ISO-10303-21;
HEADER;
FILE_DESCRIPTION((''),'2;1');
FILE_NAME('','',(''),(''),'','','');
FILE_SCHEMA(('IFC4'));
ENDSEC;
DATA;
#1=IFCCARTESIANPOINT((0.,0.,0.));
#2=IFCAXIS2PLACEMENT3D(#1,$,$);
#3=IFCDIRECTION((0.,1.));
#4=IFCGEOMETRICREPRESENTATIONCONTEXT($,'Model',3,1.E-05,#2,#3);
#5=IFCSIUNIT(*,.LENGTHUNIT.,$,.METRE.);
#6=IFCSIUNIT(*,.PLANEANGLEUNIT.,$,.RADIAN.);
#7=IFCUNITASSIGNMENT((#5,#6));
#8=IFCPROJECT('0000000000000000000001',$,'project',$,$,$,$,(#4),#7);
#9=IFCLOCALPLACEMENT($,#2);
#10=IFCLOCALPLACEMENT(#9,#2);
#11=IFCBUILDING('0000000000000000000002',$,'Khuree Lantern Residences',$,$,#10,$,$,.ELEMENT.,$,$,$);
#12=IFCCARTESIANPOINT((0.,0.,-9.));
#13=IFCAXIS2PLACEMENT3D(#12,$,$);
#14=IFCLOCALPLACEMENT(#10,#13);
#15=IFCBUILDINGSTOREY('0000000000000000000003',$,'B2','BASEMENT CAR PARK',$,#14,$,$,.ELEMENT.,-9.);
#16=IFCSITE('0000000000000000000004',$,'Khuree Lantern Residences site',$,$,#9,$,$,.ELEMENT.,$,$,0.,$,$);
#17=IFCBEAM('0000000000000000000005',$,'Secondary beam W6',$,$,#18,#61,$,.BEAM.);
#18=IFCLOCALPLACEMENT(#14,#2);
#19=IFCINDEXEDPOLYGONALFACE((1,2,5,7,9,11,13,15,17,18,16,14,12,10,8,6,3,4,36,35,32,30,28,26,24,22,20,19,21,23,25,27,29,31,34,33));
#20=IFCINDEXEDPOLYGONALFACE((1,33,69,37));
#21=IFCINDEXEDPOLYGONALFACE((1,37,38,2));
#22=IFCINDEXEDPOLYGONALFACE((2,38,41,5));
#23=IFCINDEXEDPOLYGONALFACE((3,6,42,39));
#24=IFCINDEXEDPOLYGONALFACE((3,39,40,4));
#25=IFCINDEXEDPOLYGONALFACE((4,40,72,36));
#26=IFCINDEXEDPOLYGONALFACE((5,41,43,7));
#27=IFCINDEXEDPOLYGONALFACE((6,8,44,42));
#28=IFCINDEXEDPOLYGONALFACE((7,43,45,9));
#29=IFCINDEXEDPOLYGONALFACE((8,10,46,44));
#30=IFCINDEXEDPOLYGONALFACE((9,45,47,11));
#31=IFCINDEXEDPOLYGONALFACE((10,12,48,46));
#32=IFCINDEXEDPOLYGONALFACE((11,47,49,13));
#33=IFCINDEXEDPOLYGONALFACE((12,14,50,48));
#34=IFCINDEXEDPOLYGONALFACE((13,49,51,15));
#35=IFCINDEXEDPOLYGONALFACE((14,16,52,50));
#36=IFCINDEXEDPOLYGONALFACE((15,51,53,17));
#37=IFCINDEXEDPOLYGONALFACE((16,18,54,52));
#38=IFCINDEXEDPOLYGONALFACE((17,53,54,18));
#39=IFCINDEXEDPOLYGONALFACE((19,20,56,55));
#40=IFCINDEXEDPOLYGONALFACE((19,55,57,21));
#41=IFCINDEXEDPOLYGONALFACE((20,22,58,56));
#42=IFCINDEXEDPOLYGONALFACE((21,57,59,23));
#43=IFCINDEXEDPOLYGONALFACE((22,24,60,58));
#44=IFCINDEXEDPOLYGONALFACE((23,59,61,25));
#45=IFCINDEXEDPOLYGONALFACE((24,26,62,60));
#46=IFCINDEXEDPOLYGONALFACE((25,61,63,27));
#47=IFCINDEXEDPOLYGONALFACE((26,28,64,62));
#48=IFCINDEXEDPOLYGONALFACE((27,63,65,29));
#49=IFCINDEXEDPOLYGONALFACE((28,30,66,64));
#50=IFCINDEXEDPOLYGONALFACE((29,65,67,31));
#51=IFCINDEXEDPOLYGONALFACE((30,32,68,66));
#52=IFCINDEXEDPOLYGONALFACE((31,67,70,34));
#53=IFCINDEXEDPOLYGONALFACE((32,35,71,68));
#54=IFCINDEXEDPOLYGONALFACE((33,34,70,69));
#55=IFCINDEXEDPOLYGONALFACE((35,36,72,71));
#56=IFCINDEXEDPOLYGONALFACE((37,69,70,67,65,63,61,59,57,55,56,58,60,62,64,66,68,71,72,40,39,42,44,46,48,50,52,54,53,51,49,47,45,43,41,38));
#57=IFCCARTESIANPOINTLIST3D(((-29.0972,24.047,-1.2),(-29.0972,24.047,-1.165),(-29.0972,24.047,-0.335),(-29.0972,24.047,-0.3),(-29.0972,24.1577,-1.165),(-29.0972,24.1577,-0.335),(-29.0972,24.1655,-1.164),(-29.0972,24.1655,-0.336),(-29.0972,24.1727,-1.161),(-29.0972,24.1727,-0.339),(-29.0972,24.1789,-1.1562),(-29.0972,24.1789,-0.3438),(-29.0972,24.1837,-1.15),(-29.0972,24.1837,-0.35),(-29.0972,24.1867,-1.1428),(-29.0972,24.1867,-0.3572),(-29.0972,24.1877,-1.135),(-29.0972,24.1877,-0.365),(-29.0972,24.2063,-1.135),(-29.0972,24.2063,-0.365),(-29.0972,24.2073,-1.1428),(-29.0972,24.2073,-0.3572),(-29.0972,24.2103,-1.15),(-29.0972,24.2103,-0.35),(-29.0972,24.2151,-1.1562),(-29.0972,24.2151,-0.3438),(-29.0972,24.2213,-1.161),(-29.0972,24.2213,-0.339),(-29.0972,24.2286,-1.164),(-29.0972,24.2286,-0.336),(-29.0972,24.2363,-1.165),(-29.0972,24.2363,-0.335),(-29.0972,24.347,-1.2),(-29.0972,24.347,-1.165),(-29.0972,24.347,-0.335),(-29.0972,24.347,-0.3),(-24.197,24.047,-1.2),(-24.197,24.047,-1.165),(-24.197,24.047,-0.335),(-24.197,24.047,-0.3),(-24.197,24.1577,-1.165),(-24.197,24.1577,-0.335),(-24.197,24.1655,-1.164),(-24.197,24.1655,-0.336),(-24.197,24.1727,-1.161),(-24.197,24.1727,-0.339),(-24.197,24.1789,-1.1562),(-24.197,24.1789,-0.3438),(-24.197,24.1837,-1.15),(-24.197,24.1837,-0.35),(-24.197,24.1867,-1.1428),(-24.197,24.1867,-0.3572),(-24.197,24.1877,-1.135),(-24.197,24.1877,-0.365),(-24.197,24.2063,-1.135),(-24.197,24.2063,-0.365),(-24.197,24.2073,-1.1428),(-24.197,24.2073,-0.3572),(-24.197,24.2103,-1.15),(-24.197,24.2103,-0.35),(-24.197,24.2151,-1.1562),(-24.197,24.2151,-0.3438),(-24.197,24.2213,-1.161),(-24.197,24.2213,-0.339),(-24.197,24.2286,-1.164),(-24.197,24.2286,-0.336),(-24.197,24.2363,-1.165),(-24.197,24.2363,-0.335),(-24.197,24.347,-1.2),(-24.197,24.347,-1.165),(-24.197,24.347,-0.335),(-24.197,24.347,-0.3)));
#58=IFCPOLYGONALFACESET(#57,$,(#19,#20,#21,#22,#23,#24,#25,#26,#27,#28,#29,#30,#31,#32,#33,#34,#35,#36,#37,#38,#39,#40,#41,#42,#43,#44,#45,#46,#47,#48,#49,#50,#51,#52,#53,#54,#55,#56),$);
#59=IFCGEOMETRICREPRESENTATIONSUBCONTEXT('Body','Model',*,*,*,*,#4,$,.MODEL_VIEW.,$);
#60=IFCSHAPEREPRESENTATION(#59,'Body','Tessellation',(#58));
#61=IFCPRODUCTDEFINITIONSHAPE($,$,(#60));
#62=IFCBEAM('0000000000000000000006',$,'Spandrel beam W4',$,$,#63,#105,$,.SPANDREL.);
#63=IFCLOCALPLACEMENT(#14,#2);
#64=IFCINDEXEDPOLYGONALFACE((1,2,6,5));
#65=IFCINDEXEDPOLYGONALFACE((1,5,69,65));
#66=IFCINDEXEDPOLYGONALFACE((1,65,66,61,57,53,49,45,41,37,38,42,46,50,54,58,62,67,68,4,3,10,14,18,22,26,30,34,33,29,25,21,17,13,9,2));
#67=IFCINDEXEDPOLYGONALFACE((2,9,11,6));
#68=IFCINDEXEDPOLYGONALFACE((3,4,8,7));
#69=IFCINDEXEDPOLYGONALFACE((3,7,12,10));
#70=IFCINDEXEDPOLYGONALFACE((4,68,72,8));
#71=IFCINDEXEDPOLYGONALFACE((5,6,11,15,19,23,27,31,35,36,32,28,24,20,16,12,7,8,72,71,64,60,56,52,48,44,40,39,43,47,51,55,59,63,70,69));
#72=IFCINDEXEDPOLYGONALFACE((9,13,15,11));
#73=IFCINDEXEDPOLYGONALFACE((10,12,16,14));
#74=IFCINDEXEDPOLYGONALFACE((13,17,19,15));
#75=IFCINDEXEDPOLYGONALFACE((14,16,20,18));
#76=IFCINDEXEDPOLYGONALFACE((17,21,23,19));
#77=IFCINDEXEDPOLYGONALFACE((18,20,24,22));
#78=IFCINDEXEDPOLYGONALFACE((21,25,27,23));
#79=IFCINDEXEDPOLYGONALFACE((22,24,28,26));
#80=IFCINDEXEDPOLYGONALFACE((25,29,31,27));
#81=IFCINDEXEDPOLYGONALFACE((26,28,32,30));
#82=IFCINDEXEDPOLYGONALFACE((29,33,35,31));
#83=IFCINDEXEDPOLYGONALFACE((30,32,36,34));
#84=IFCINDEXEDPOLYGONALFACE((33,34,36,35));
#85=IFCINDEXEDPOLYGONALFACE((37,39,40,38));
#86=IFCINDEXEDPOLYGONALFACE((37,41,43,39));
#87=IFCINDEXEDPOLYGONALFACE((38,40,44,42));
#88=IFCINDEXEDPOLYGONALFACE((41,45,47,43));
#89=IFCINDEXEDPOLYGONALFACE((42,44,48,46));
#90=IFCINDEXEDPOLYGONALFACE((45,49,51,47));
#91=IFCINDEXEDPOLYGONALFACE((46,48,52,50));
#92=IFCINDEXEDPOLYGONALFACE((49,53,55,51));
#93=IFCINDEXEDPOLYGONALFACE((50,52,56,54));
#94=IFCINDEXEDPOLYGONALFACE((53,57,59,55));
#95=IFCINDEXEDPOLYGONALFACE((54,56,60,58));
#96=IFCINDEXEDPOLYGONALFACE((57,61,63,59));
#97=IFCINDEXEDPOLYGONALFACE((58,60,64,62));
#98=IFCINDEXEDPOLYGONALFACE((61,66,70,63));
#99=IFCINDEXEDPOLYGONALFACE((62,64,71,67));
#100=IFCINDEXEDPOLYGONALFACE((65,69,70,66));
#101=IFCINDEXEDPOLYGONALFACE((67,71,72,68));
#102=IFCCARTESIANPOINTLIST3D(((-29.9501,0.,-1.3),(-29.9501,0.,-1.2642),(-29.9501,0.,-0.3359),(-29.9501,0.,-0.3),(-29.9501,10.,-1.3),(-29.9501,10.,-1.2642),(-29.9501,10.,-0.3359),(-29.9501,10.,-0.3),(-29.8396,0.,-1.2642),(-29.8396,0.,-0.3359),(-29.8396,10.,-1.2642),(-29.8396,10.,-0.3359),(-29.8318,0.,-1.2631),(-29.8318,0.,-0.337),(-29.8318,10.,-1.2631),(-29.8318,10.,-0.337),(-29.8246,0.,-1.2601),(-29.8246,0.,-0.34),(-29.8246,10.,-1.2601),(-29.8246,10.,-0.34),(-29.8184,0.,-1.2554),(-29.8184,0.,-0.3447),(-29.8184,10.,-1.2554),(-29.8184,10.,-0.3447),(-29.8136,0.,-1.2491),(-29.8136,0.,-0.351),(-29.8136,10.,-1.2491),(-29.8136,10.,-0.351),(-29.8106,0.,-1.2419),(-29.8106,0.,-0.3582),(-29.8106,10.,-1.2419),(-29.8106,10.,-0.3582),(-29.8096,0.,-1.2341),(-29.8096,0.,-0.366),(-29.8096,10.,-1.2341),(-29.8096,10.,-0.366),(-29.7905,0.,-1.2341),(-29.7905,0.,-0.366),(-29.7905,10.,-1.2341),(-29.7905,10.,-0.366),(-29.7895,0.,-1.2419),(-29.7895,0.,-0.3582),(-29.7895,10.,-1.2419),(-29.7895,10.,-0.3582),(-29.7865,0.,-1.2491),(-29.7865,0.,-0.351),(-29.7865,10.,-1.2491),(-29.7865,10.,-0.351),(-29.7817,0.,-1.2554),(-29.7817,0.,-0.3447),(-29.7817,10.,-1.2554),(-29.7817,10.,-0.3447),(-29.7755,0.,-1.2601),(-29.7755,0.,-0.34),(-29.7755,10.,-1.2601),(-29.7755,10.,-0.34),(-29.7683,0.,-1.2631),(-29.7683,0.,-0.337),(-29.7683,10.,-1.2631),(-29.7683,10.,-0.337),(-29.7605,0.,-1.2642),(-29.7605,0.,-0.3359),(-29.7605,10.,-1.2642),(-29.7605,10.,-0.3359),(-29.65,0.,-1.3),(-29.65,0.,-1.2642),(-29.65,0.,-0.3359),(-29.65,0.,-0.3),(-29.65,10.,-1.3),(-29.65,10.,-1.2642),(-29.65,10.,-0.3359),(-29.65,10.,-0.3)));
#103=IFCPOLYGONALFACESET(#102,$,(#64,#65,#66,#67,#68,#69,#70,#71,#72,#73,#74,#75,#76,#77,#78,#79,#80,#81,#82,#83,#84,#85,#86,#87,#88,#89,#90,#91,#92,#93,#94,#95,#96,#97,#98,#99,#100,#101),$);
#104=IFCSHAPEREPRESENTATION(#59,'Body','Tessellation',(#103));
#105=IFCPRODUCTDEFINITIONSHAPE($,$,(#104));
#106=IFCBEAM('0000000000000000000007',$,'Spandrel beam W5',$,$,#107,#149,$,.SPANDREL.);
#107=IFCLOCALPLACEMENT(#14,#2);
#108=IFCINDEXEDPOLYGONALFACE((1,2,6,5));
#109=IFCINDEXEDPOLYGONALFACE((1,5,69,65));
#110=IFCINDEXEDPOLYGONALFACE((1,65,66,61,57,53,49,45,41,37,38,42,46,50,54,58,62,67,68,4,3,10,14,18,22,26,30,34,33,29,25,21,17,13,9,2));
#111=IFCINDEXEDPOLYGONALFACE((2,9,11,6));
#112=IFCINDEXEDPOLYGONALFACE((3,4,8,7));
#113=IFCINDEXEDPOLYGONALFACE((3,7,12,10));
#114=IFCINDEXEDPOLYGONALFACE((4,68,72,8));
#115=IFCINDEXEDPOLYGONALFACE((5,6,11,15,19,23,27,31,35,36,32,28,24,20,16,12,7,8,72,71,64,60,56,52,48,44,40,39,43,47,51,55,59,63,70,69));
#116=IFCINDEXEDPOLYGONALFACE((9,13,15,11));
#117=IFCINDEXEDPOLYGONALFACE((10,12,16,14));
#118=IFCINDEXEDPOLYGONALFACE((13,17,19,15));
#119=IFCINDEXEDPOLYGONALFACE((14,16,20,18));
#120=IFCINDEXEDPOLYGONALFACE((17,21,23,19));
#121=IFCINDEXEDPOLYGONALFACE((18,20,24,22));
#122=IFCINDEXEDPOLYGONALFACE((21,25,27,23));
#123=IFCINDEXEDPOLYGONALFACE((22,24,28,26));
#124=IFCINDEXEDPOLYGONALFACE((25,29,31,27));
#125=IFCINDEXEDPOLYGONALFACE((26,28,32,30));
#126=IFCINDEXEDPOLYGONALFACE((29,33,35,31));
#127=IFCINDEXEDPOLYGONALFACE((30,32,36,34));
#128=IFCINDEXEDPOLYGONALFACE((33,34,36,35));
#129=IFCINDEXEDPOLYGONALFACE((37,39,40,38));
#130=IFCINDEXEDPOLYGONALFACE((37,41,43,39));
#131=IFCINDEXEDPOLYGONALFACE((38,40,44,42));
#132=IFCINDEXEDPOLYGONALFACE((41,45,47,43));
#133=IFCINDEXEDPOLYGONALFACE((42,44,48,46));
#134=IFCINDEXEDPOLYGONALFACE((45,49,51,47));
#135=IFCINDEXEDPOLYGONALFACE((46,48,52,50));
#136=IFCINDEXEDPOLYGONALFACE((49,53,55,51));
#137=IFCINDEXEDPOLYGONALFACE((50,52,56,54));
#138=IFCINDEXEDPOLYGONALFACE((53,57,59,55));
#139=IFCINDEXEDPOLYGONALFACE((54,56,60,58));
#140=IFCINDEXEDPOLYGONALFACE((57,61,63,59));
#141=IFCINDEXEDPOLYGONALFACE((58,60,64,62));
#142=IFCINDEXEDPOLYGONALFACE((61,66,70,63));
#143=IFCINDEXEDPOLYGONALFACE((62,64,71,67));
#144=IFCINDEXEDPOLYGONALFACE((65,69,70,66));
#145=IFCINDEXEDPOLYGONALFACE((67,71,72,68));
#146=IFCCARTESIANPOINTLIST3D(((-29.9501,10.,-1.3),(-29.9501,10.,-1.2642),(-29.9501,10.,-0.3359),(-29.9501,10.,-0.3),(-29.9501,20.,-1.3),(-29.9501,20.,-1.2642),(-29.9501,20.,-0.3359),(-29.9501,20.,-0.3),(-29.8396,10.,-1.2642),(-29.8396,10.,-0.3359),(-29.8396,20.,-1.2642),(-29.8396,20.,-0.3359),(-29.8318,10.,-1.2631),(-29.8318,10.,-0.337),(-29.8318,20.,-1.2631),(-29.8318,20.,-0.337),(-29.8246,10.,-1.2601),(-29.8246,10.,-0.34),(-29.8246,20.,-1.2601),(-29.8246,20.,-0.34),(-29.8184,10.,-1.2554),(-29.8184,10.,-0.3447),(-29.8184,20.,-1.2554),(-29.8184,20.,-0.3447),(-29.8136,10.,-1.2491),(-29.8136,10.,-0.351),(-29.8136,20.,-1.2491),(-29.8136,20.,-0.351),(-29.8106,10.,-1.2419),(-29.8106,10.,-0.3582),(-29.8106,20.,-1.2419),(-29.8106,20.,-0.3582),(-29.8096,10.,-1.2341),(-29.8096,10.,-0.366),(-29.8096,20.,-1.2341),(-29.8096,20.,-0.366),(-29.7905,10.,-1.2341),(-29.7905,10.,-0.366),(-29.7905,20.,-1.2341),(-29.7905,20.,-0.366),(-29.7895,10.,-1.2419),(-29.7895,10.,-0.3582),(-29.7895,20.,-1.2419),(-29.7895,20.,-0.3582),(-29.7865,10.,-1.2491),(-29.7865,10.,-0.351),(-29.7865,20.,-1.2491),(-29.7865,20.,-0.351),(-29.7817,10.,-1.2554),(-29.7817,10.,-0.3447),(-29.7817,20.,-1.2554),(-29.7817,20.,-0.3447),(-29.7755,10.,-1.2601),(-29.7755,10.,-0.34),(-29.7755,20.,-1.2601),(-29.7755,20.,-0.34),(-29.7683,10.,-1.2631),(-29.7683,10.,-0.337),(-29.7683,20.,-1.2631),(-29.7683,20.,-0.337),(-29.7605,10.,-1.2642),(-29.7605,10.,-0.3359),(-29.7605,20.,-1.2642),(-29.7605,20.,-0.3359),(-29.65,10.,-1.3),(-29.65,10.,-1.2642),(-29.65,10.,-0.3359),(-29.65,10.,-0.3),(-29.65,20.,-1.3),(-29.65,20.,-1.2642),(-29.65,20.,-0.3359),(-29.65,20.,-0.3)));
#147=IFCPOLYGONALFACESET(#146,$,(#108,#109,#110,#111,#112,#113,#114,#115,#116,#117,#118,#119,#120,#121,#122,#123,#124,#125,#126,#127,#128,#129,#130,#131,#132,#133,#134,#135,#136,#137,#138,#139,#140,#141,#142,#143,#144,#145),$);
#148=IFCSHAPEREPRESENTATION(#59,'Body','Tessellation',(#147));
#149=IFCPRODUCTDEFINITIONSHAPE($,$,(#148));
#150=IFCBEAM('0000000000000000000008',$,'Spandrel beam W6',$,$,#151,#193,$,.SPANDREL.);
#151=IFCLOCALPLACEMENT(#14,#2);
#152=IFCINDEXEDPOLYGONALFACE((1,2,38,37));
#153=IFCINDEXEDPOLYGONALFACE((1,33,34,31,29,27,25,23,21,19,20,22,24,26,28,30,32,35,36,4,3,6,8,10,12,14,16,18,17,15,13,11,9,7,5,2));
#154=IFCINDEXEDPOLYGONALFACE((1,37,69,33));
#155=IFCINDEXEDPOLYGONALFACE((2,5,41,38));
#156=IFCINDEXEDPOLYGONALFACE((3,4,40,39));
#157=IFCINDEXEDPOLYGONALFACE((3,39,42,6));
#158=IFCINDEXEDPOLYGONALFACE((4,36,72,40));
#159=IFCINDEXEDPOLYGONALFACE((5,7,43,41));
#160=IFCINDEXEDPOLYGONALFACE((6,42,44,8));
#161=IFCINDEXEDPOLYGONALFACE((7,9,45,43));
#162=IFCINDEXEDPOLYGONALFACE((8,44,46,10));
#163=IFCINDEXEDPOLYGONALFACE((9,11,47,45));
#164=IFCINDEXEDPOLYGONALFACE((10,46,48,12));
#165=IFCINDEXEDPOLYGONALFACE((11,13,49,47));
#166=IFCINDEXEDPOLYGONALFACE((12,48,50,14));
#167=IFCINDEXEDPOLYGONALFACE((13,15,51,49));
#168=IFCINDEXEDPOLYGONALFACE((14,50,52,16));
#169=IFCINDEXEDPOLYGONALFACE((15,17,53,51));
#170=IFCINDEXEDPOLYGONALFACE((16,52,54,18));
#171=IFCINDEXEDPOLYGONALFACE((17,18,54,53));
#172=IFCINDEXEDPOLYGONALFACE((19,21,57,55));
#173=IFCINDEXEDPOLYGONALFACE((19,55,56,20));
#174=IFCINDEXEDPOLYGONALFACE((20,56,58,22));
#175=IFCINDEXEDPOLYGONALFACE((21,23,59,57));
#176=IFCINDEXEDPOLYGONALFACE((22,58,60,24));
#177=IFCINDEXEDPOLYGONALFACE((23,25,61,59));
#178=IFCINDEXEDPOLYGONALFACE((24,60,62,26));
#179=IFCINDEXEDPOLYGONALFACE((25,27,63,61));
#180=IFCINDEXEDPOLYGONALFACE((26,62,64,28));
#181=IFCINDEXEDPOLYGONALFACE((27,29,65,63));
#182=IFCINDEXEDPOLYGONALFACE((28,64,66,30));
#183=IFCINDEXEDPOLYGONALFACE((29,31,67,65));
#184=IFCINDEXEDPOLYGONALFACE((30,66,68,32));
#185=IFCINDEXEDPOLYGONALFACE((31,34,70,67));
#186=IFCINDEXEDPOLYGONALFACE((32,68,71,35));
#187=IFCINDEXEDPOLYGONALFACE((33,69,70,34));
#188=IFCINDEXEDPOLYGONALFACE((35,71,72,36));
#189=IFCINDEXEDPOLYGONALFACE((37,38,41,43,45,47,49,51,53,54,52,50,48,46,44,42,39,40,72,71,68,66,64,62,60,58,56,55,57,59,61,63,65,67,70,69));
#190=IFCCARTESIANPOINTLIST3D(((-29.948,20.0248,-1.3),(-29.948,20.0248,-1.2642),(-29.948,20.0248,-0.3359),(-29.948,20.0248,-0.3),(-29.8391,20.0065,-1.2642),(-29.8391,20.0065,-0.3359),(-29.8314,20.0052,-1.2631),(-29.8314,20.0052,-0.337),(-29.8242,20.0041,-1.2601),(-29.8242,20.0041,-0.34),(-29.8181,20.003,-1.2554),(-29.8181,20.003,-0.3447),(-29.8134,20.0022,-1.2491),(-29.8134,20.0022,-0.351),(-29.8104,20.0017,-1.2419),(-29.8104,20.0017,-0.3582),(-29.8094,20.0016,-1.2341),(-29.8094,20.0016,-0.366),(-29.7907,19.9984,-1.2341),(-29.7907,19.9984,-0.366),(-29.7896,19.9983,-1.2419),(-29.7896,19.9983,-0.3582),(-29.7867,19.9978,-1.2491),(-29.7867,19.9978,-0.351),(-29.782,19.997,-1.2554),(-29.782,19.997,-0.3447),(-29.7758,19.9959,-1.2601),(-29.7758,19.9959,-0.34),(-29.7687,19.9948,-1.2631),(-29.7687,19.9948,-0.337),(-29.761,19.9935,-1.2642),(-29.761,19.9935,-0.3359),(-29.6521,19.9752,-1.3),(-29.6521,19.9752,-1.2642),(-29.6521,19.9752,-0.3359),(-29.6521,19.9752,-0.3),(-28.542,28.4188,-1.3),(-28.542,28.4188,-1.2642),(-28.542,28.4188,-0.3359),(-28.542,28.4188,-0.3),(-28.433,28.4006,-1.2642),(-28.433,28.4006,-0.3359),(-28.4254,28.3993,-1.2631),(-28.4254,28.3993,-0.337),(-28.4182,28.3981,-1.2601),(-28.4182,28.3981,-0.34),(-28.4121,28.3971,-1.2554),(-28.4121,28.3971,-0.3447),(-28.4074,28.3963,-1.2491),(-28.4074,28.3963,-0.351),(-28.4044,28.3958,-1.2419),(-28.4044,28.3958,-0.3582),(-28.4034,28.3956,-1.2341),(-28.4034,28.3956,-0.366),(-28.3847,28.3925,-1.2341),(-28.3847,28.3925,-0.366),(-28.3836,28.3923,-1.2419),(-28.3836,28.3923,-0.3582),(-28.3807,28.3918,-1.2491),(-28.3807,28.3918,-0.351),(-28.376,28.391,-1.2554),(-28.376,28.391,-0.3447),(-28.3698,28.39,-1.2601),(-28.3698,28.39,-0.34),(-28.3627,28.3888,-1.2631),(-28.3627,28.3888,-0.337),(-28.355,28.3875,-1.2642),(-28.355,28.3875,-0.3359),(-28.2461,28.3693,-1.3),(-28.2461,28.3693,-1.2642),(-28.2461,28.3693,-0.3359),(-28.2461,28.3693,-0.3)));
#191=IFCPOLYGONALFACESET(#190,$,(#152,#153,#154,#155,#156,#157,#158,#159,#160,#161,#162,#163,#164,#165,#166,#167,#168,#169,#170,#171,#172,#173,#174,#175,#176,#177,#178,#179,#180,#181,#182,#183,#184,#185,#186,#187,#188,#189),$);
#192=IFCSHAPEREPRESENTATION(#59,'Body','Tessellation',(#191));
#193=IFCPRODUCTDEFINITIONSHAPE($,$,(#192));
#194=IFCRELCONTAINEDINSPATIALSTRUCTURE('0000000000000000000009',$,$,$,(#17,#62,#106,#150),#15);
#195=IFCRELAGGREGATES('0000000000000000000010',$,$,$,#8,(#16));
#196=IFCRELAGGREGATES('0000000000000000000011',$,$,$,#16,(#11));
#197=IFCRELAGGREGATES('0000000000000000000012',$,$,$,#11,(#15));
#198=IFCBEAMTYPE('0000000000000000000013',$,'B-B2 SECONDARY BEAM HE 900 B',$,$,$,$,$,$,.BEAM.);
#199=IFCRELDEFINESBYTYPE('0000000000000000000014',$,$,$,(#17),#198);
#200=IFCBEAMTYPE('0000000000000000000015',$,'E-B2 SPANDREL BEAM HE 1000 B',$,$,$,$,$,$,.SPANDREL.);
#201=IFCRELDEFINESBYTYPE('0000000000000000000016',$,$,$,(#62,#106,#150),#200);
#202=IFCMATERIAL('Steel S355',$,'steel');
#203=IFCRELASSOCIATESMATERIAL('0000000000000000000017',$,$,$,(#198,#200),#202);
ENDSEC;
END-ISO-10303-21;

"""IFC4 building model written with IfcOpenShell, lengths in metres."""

from ifc_helpers import new_model, si_unit, direction, frame, origin, origin_2d, place, context, subcontext, project, spatial, i_section, extrude, material, material_profile, profile_set, type_object, element, save


model = new_model("IFC4")

# Units and contexts
model_context = context("Model", 3, precision=1e-05, world=origin(), true_north=direction((0.0, 1.0)))
body_context = subcontext(model_context, "Body", "Model", "MODEL_VIEW")
ifc_project = project(units=[si_unit("LENGTHUNIT", "METRE"), si_unit("PLANEANGLEUNIT", "RADIAN")], contexts=[model_context])

# Site, building, storey
site_placement = place(None, origin())
site = spatial("IfcSite", under=ifc_project, at=site_placement, Name="Khuree Lantern Residences site", CompositionType="ELEMENT", RefElevation=0.0)
building_placement = place(site_placement, origin())
building = spatial("IfcBuilding", under=site, at=building_placement, Name="Khuree Lantern Residences", CompositionType="ELEMENT")
storey_placement = place(building_placement, frame((0.0, 0.0, -9.0)))
storey = spatial("IfcBuildingStorey", under=building, at=storey_placement, Name="B2", Description="BASEMENT CAR PARK", CompositionType="ELEMENT", Elevation=-9.0)

# Beams
ifc_material_1 = material(Name="Steel S355", Category="steel")
ifc_material_profile_1 = material_profile(ifc_material_1, i_section(OverallWidth=0.3, OverallDepth=0.8999, WebThickness=0.0186, FlangeThickness=0.0349, FilletRadius=0.03, at=origin_2d()), Name="HE 900 B")
ifc_profile_set_1 = profile_set([ifc_material_profile_1], Name="Steel S355")
beam_type_1 = type_object("IfcBeamType", Name="B-B2 SECONDARY BEAM HE 900 B", PredefinedType="BEAM", material=ifc_profile_set_1)
beam_1_placement = place(storey_placement, frame((-29.0972, 24.197, -0.75), z_axis=(1.0, 0.0, 0.0), x_axis=(0.0, 1.0, 0.0)))
element("IfcBeam", 1, at=beam_1_placement, inside=storey, type_object=beam_type_1, Name="Secondary beam W6", PredefinedType="BEAM", context=body_context, shape_type="SweptSolid", body=[
    extrude(i_section(OverallWidth=0.3, OverallDepth=0.8999, WebThickness=0.0186, FlangeThickness=0.0349, FilletRadius=0.03, at=origin_2d()), origin(), (0.0, 0.0, 1.0), 4.9001),
])
ifc_material_profile_2 = material_profile(ifc_material_1, i_section(OverallWidth=0.3, OverallDepth=1.0, WebThickness=0.019, FlangeThickness=0.0359, FilletRadius=0.03, at=origin_2d()), Name="HE 1000 B")
ifc_profile_set_2 = profile_set([ifc_material_profile_2], Name="Steel S355")
beam_type_2 = type_object("IfcBeamType", Name="E-B2 SPANDREL BEAM HE 1000 B", PredefinedType="SPANDREL", material=ifc_profile_set_2)
for number, where, z_axis, x_axis, name in (
    (2, (-29.8, 0.0, -0.8), (0.0, 1.0, 0.0), (-1.0, 0.0, 0.0), "Spandrel beam W4"),
    (3, (-29.8, 10.0, -0.8), (0.0, 1.0, 0.0), (-1.0, 0.0, 0.0), "Spandrel beam W5"),
):
    element("IfcBeam", number, at=place(storey_placement, frame(where, z_axis=z_axis, x_axis=x_axis)), inside=storey, type_object=beam_type_2, Name=name, PredefinedType="SPANDREL", context=body_context, shape_type="SweptSolid", body=[
        extrude(i_section(OverallWidth=0.3, OverallDepth=1.0, WebThickness=0.019, FlangeThickness=0.0359, FilletRadius=0.03, at=origin_2d()), origin(), (0.0, 0.0, 1.0), 10.0),
    ])
beam_2_placement = place(storey_placement, frame((-29.8, 20.0, -0.8), z_axis=(0.165199, 0.98626, 0.0), x_axis=(-0.98626, 0.165199, 0.0)))
element("IfcBeam", 4, at=beam_2_placement, inside=storey, type_object=beam_type_2, Name="Spandrel beam W6", PredefinedType="SPANDREL", context=body_context, shape_type="SweptSolid", body=[
    extrude(i_section(OverallWidth=0.3, OverallDepth=1.0, WebThickness=0.019, FlangeThickness=0.0359, FilletRadius=0.03, at=origin_2d()), origin(), (0.0, 0.0, 1.0), 8.511),
])

save(model, "model.ifc")
